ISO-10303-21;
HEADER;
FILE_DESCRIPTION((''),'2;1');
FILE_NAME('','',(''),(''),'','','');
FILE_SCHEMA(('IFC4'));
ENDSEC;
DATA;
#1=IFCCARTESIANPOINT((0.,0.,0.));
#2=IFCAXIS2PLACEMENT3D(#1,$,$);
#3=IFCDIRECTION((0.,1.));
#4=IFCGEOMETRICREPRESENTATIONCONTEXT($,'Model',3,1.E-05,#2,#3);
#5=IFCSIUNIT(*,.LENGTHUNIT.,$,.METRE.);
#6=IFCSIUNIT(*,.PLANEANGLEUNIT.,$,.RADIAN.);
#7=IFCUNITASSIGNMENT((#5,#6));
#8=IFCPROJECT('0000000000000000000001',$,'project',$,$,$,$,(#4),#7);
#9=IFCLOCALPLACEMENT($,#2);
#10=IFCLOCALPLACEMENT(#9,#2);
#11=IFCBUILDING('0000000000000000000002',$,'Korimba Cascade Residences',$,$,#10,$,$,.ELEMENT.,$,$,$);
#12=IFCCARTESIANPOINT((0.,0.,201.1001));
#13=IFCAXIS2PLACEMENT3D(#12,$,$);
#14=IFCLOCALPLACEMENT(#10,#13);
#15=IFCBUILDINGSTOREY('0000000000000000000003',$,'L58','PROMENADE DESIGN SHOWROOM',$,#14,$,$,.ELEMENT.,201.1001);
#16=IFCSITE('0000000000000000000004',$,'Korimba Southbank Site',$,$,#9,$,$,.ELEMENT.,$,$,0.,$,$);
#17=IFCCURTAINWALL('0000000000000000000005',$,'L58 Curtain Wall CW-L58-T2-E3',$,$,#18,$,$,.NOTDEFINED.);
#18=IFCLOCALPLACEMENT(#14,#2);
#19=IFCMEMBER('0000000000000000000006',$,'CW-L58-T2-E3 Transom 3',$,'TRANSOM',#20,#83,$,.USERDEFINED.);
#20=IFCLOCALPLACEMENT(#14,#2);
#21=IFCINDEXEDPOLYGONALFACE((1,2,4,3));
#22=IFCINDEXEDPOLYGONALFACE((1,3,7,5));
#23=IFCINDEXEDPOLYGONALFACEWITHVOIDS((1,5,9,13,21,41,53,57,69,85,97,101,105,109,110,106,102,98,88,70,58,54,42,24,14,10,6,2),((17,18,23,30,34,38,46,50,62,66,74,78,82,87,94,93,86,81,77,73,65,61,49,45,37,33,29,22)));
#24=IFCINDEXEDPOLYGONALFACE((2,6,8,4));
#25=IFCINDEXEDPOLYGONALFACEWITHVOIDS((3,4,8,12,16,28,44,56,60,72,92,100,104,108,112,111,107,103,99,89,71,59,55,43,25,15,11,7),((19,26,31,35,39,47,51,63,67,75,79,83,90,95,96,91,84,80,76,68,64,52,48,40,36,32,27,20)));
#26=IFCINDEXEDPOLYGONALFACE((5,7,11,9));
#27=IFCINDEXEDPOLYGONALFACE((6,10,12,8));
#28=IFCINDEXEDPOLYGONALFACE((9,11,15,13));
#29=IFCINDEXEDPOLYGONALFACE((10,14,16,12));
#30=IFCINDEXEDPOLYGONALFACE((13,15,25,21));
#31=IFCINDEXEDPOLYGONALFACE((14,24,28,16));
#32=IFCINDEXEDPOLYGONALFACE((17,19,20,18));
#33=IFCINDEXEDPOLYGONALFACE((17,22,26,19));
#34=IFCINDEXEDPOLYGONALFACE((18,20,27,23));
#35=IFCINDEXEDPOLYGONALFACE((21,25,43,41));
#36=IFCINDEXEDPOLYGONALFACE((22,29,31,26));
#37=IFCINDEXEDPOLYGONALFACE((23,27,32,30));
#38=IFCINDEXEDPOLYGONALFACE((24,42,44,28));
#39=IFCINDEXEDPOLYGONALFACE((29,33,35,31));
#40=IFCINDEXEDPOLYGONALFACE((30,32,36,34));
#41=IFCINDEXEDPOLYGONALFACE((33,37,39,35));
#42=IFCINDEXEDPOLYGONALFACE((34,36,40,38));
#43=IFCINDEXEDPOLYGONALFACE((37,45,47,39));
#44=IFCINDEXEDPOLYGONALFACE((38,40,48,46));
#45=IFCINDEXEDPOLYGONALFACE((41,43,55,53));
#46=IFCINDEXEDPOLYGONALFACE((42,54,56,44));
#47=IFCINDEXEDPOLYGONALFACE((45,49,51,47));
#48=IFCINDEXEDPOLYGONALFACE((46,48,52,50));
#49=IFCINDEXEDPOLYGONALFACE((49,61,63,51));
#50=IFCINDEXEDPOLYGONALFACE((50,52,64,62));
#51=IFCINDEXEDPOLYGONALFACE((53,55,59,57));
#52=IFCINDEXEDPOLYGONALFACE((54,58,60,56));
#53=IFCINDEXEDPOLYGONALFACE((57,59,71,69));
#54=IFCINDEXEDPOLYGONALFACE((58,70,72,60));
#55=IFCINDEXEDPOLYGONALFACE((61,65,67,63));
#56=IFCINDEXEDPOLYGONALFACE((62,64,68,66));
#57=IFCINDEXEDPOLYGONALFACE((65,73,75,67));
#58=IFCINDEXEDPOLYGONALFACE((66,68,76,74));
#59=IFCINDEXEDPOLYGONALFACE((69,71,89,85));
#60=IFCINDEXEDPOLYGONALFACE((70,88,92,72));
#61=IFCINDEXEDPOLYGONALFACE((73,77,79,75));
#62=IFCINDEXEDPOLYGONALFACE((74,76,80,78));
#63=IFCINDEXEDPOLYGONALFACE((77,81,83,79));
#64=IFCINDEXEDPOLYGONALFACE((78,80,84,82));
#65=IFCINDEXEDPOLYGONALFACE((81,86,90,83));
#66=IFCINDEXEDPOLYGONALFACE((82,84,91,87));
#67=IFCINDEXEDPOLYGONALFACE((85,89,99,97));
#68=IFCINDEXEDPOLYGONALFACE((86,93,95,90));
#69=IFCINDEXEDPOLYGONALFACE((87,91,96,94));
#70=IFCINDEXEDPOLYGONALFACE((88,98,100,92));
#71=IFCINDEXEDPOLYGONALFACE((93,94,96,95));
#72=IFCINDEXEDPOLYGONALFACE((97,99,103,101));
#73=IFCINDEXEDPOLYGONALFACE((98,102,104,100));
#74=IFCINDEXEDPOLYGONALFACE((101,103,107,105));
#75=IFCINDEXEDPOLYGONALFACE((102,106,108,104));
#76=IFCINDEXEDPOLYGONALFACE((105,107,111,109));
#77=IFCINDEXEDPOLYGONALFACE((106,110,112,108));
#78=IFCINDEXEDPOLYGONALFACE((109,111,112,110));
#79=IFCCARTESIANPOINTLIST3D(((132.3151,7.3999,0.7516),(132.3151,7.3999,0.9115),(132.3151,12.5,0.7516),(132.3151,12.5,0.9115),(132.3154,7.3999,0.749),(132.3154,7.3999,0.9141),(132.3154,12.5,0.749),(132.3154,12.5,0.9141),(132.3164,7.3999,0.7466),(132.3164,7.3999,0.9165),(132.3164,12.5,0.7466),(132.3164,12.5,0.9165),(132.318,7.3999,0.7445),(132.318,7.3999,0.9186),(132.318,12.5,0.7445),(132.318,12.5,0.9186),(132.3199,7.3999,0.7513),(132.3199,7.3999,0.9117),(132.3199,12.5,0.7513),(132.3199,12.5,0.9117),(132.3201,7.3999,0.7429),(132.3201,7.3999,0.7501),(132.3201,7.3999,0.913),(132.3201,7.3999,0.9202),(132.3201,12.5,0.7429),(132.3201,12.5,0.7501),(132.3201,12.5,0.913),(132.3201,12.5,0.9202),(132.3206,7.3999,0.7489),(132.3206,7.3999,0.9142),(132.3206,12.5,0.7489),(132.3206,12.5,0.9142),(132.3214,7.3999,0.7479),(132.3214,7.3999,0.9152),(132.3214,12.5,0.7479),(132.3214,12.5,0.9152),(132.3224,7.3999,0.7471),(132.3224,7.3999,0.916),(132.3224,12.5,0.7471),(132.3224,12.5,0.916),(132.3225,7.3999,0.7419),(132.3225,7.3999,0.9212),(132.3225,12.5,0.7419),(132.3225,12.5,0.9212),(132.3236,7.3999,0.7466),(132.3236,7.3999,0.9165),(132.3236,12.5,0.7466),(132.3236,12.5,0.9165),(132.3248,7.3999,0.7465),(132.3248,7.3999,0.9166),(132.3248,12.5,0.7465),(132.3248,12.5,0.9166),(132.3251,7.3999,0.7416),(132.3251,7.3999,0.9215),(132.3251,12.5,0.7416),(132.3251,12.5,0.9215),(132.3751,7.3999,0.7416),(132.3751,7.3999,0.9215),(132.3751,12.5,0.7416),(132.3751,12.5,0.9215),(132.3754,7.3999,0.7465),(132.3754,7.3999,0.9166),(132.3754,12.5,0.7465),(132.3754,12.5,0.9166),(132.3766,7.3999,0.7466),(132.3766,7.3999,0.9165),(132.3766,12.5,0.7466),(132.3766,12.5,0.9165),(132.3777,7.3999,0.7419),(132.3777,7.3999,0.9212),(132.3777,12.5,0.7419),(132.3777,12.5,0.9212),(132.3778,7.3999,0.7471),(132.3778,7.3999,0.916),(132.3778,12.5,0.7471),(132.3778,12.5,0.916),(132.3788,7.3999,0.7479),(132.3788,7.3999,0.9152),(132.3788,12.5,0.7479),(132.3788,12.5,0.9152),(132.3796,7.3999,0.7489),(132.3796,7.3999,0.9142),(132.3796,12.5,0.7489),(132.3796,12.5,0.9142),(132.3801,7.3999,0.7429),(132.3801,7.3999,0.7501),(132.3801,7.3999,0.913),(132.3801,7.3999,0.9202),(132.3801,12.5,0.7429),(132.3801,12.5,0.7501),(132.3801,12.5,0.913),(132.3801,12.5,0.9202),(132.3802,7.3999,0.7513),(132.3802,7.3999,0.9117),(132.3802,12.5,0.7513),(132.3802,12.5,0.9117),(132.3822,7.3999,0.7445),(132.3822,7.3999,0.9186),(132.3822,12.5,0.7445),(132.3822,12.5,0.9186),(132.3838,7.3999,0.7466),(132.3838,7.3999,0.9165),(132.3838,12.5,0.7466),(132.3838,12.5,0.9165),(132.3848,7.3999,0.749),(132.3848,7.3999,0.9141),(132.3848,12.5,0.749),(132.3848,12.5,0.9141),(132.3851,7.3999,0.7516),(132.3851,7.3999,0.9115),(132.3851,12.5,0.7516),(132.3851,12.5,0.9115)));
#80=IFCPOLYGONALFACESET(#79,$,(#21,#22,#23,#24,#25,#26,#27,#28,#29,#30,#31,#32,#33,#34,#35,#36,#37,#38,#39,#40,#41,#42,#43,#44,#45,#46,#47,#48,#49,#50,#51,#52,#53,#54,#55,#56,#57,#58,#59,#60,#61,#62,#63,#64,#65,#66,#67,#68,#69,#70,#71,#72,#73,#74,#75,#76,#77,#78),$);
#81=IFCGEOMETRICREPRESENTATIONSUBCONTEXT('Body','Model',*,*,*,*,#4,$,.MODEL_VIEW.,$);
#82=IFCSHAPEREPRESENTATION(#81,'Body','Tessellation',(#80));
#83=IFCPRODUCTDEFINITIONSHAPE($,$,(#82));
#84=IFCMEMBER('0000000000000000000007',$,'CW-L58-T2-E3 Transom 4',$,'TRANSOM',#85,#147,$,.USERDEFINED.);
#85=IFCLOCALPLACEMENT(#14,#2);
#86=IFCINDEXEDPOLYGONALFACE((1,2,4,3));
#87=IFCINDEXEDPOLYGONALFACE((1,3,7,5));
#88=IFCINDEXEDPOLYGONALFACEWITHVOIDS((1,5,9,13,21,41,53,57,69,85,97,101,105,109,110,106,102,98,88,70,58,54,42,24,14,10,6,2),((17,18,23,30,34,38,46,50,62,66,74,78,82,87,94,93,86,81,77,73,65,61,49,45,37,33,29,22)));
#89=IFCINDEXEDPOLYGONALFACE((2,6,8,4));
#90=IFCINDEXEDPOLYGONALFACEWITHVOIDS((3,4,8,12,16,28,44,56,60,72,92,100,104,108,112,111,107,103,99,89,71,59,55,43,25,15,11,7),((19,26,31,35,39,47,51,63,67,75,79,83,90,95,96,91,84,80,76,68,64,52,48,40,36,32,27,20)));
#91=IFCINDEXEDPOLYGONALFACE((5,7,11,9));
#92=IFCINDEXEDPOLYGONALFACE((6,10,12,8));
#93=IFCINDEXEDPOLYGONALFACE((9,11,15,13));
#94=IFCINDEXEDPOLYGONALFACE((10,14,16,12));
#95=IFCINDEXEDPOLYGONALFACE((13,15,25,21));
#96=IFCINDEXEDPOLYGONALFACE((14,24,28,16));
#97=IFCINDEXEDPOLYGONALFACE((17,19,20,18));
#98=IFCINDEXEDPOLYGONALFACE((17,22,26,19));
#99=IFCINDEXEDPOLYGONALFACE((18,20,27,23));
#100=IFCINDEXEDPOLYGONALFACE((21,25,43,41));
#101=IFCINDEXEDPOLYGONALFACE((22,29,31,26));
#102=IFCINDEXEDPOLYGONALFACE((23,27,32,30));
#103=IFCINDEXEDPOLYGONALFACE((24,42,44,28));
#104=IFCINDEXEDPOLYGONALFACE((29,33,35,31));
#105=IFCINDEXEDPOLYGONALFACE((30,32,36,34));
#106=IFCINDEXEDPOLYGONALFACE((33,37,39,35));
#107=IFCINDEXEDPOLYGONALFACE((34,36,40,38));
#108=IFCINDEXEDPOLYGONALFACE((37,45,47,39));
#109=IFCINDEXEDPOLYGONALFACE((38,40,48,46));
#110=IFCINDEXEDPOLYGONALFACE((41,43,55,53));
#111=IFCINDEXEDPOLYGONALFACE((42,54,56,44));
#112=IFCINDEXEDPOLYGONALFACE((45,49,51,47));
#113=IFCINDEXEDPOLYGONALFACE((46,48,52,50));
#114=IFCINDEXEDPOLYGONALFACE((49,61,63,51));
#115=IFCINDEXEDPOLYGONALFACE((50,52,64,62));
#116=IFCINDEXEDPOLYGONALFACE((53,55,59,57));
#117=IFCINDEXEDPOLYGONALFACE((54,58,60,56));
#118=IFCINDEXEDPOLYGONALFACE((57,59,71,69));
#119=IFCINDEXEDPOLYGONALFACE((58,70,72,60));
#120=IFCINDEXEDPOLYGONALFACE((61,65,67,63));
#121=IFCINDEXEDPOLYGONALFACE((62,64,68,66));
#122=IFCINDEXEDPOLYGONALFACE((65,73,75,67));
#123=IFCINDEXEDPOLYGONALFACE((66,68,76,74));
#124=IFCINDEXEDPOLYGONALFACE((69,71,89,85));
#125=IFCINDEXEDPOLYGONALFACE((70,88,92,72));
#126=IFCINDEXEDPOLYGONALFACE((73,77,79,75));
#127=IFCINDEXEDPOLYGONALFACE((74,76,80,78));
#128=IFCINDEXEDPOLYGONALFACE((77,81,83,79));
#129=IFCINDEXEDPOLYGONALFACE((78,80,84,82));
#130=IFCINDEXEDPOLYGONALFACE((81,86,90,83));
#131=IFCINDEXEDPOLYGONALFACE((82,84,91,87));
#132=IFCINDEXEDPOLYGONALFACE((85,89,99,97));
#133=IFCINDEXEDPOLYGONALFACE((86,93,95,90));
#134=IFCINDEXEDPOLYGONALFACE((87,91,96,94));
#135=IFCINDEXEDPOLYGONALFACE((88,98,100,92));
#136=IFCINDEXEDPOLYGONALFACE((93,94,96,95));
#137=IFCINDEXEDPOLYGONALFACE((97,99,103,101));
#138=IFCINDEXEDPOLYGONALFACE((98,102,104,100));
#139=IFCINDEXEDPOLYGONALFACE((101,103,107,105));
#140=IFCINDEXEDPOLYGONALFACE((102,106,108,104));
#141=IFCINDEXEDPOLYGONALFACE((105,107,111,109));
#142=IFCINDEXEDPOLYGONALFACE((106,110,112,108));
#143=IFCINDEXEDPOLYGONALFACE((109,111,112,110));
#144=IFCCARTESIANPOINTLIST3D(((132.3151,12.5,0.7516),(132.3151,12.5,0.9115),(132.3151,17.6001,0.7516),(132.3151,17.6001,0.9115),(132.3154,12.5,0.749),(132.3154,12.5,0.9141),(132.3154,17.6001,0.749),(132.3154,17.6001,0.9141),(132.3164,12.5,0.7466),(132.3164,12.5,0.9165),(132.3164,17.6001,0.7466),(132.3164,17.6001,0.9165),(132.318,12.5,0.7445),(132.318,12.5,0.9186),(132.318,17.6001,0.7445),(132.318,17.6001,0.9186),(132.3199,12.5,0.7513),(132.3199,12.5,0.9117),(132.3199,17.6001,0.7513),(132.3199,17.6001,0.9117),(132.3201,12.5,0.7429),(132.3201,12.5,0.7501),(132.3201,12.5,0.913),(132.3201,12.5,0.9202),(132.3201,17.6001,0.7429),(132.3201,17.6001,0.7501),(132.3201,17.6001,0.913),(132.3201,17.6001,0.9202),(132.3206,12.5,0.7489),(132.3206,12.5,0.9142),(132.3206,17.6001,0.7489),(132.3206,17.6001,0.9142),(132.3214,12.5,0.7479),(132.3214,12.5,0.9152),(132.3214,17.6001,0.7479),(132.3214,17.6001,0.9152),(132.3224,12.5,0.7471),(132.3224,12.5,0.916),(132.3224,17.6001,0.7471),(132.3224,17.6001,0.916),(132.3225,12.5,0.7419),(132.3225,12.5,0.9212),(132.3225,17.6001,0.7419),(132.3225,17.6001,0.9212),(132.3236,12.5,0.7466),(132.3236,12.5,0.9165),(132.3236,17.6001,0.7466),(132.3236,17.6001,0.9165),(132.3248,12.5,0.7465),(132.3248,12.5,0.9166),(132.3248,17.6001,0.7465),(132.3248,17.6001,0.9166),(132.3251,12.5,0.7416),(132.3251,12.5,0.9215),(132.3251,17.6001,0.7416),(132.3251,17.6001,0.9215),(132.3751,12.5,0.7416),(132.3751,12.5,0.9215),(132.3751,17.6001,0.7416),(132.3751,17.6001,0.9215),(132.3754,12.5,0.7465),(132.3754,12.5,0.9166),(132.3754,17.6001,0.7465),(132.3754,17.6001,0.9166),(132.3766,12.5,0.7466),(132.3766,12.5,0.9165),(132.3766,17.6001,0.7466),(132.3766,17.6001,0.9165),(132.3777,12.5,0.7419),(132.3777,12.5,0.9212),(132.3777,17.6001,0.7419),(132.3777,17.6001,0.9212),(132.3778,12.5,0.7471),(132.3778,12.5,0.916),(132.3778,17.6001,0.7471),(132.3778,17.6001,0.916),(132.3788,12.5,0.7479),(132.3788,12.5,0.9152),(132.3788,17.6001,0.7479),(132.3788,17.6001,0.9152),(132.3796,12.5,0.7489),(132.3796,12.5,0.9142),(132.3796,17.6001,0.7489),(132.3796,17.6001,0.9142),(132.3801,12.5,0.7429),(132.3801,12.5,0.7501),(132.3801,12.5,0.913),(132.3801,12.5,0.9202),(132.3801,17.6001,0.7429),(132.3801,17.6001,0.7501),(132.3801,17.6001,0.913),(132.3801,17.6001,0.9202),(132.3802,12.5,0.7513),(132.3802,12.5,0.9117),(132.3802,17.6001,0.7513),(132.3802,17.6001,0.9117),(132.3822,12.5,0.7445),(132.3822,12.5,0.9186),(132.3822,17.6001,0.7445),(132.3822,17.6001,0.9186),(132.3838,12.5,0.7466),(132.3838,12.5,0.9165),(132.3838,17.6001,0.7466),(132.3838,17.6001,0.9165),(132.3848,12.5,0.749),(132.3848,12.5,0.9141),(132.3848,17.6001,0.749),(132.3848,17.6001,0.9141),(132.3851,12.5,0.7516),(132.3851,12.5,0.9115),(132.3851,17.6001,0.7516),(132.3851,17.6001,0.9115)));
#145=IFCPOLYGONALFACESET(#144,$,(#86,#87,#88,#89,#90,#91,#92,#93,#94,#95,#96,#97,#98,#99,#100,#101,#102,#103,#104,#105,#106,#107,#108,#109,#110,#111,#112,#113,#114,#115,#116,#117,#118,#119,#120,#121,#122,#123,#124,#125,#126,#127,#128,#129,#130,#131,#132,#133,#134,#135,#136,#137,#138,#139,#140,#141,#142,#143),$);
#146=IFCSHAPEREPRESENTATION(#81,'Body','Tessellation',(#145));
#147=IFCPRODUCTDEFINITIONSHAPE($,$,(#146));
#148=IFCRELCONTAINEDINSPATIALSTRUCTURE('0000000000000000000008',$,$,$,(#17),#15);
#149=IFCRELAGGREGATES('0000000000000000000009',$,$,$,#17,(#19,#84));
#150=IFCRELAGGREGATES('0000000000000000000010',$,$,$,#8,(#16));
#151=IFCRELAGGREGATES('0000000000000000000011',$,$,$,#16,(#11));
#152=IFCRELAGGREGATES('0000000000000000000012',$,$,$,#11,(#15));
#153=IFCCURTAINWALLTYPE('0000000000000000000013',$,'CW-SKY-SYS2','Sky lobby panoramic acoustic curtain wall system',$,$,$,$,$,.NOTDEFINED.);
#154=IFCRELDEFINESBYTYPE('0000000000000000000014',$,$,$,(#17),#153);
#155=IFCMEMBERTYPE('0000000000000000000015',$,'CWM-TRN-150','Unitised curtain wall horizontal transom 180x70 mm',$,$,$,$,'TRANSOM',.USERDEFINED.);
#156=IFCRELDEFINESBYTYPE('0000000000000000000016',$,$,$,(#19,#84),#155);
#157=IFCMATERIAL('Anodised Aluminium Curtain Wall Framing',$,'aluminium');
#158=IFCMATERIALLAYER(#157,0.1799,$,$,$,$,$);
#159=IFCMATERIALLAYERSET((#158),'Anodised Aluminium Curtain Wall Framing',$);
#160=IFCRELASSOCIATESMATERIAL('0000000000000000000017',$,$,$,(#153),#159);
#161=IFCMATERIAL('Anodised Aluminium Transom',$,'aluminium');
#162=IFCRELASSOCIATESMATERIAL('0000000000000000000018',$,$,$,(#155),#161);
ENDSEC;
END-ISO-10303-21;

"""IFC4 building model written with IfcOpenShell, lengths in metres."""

from ifc_helpers import new_model, si_unit, direction, frame, origin, origin_2d, place, context, subcontext, project, spatial, hollow_rectangle, extrude, material, layer, layer_set, material_profile, profile_set, type_object, element, aggregate, save


model = new_model("IFC4")

# Units and contexts
model_context = context("Model", 3, precision=1e-05, world=origin(), true_north=direction((0.0, 1.0)))
body_context = subcontext(model_context, "Body", "Model", "MODEL_VIEW")
ifc_project = project(units=[si_unit("LENGTHUNIT", "METRE"), si_unit("PLANEANGLEUNIT", "RADIAN")], contexts=[model_context])

# Site, building, storey
site_placement = place(None, origin())
site = spatial("IfcSite", under=ifc_project, at=site_placement, Name="Korimba Southbank Site", CompositionType="ELEMENT", RefElevation=0.0)
building_placement = place(site_placement, origin())
building = spatial("IfcBuilding", under=site, at=building_placement, Name="Korimba Cascade Residences", CompositionType="ELEMENT")
storey_placement = place(building_placement, frame((0.0, 0.0, 201.1001)))
storey = spatial("IfcBuildingStorey", under=building, at=storey_placement, Name="L58", Description="PROMENADE DESIGN SHOWROOM", CompositionType="ELEMENT", Elevation=201.1001)

# Curtain wall, members
ifc_material_1 = material(Name="Anodised Aluminium Curtain Wall Framing", Category="aluminium")
ifc_layer_1 = layer(ifc_material_1, 0.1799)
ifc_layer_set_1 = layer_set([ifc_layer_1], Name="Anodised Aluminium Curtain Wall Framing")
curtain_wall_type = type_object("IfcCurtainWallType", Name="CW-SKY-SYS2", Description="Sky lobby panoramic acoustic curtain wall system", PredefinedType="NOTDEFINED", material=ifc_layer_set_1)
curtain_wall_placement = place(storey_placement, origin())
curtain_wall = element("IfcCurtainWall", 1, at=curtain_wall_placement, inside=storey, type_object=curtain_wall_type, Name="L58 Curtain Wall CW-L58-T2-E3", PredefinedType="NOTDEFINED")
ifc_material_2 = material(Name="Anodised Aluminium Transom", Category="aluminium")
ifc_material_profile_1 = material_profile(ifc_material_2, hollow_rectangle(XDim=0.0701, YDim=0.1799, WallThickness=0.0049, InnerFilletRadius=0.0049, OuterFilletRadius=0.01, at=origin_2d()), Name="Anodised Aluminium Transom")
ifc_profile_set_1 = profile_set([ifc_material_profile_1], Name="Anodised Aluminium Transom")
member_type_1 = type_object("IfcMemberType", Name="CWM-TRN-150", Description="Unitised curtain wall horizontal transom 180x70 mm", ElementType="TRANSOM", PredefinedType="USERDEFINED", material=ifc_profile_set_1)
member_1_placement = place(storey_placement, frame((132.3501, 7.3999, 0.8315), z_axis=(0.0, 1.0, 0.0), x_axis=(-1.0, 0.0, 0.0)))
member_1 = element("IfcMember", 2, at=member_1_placement, type_object=member_type_1, Name="CW-L58-T2-E3 Transom 3", ObjectType="TRANSOM", PredefinedType="USERDEFINED", context=body_context, shape_type="SweptSolid", body=[
    extrude(hollow_rectangle(XDim=0.0701, YDim=0.1799, WallThickness=0.0049, InnerFilletRadius=0.0049, OuterFilletRadius=0.01, at=origin_2d()), origin(), (0.0, 0.0, 1.0), 5.1001),
])
member_2_placement = place(storey_placement, frame((132.3501, 12.5, 0.8315), z_axis=(0.0, 1.0, 0.0), x_axis=(-1.0, 0.0, 0.0)))
member_2 = element("IfcMember", 3, at=member_2_placement, type_object=member_type_1, Name="CW-L58-T2-E3 Transom 4", ObjectType="TRANSOM", PredefinedType="USERDEFINED", context=body_context, shape_type="SweptSolid", body=[
    extrude(hollow_rectangle(XDim=0.0701, YDim=0.1799, WallThickness=0.0049, InnerFilletRadius=0.0049, OuterFilletRadius=0.01, at=origin_2d()), origin(), (0.0, 0.0, 1.0), 5.1001),
])
aggregate(curtain_wall, [member_1, member_2])

save(model, "model.ifc")
